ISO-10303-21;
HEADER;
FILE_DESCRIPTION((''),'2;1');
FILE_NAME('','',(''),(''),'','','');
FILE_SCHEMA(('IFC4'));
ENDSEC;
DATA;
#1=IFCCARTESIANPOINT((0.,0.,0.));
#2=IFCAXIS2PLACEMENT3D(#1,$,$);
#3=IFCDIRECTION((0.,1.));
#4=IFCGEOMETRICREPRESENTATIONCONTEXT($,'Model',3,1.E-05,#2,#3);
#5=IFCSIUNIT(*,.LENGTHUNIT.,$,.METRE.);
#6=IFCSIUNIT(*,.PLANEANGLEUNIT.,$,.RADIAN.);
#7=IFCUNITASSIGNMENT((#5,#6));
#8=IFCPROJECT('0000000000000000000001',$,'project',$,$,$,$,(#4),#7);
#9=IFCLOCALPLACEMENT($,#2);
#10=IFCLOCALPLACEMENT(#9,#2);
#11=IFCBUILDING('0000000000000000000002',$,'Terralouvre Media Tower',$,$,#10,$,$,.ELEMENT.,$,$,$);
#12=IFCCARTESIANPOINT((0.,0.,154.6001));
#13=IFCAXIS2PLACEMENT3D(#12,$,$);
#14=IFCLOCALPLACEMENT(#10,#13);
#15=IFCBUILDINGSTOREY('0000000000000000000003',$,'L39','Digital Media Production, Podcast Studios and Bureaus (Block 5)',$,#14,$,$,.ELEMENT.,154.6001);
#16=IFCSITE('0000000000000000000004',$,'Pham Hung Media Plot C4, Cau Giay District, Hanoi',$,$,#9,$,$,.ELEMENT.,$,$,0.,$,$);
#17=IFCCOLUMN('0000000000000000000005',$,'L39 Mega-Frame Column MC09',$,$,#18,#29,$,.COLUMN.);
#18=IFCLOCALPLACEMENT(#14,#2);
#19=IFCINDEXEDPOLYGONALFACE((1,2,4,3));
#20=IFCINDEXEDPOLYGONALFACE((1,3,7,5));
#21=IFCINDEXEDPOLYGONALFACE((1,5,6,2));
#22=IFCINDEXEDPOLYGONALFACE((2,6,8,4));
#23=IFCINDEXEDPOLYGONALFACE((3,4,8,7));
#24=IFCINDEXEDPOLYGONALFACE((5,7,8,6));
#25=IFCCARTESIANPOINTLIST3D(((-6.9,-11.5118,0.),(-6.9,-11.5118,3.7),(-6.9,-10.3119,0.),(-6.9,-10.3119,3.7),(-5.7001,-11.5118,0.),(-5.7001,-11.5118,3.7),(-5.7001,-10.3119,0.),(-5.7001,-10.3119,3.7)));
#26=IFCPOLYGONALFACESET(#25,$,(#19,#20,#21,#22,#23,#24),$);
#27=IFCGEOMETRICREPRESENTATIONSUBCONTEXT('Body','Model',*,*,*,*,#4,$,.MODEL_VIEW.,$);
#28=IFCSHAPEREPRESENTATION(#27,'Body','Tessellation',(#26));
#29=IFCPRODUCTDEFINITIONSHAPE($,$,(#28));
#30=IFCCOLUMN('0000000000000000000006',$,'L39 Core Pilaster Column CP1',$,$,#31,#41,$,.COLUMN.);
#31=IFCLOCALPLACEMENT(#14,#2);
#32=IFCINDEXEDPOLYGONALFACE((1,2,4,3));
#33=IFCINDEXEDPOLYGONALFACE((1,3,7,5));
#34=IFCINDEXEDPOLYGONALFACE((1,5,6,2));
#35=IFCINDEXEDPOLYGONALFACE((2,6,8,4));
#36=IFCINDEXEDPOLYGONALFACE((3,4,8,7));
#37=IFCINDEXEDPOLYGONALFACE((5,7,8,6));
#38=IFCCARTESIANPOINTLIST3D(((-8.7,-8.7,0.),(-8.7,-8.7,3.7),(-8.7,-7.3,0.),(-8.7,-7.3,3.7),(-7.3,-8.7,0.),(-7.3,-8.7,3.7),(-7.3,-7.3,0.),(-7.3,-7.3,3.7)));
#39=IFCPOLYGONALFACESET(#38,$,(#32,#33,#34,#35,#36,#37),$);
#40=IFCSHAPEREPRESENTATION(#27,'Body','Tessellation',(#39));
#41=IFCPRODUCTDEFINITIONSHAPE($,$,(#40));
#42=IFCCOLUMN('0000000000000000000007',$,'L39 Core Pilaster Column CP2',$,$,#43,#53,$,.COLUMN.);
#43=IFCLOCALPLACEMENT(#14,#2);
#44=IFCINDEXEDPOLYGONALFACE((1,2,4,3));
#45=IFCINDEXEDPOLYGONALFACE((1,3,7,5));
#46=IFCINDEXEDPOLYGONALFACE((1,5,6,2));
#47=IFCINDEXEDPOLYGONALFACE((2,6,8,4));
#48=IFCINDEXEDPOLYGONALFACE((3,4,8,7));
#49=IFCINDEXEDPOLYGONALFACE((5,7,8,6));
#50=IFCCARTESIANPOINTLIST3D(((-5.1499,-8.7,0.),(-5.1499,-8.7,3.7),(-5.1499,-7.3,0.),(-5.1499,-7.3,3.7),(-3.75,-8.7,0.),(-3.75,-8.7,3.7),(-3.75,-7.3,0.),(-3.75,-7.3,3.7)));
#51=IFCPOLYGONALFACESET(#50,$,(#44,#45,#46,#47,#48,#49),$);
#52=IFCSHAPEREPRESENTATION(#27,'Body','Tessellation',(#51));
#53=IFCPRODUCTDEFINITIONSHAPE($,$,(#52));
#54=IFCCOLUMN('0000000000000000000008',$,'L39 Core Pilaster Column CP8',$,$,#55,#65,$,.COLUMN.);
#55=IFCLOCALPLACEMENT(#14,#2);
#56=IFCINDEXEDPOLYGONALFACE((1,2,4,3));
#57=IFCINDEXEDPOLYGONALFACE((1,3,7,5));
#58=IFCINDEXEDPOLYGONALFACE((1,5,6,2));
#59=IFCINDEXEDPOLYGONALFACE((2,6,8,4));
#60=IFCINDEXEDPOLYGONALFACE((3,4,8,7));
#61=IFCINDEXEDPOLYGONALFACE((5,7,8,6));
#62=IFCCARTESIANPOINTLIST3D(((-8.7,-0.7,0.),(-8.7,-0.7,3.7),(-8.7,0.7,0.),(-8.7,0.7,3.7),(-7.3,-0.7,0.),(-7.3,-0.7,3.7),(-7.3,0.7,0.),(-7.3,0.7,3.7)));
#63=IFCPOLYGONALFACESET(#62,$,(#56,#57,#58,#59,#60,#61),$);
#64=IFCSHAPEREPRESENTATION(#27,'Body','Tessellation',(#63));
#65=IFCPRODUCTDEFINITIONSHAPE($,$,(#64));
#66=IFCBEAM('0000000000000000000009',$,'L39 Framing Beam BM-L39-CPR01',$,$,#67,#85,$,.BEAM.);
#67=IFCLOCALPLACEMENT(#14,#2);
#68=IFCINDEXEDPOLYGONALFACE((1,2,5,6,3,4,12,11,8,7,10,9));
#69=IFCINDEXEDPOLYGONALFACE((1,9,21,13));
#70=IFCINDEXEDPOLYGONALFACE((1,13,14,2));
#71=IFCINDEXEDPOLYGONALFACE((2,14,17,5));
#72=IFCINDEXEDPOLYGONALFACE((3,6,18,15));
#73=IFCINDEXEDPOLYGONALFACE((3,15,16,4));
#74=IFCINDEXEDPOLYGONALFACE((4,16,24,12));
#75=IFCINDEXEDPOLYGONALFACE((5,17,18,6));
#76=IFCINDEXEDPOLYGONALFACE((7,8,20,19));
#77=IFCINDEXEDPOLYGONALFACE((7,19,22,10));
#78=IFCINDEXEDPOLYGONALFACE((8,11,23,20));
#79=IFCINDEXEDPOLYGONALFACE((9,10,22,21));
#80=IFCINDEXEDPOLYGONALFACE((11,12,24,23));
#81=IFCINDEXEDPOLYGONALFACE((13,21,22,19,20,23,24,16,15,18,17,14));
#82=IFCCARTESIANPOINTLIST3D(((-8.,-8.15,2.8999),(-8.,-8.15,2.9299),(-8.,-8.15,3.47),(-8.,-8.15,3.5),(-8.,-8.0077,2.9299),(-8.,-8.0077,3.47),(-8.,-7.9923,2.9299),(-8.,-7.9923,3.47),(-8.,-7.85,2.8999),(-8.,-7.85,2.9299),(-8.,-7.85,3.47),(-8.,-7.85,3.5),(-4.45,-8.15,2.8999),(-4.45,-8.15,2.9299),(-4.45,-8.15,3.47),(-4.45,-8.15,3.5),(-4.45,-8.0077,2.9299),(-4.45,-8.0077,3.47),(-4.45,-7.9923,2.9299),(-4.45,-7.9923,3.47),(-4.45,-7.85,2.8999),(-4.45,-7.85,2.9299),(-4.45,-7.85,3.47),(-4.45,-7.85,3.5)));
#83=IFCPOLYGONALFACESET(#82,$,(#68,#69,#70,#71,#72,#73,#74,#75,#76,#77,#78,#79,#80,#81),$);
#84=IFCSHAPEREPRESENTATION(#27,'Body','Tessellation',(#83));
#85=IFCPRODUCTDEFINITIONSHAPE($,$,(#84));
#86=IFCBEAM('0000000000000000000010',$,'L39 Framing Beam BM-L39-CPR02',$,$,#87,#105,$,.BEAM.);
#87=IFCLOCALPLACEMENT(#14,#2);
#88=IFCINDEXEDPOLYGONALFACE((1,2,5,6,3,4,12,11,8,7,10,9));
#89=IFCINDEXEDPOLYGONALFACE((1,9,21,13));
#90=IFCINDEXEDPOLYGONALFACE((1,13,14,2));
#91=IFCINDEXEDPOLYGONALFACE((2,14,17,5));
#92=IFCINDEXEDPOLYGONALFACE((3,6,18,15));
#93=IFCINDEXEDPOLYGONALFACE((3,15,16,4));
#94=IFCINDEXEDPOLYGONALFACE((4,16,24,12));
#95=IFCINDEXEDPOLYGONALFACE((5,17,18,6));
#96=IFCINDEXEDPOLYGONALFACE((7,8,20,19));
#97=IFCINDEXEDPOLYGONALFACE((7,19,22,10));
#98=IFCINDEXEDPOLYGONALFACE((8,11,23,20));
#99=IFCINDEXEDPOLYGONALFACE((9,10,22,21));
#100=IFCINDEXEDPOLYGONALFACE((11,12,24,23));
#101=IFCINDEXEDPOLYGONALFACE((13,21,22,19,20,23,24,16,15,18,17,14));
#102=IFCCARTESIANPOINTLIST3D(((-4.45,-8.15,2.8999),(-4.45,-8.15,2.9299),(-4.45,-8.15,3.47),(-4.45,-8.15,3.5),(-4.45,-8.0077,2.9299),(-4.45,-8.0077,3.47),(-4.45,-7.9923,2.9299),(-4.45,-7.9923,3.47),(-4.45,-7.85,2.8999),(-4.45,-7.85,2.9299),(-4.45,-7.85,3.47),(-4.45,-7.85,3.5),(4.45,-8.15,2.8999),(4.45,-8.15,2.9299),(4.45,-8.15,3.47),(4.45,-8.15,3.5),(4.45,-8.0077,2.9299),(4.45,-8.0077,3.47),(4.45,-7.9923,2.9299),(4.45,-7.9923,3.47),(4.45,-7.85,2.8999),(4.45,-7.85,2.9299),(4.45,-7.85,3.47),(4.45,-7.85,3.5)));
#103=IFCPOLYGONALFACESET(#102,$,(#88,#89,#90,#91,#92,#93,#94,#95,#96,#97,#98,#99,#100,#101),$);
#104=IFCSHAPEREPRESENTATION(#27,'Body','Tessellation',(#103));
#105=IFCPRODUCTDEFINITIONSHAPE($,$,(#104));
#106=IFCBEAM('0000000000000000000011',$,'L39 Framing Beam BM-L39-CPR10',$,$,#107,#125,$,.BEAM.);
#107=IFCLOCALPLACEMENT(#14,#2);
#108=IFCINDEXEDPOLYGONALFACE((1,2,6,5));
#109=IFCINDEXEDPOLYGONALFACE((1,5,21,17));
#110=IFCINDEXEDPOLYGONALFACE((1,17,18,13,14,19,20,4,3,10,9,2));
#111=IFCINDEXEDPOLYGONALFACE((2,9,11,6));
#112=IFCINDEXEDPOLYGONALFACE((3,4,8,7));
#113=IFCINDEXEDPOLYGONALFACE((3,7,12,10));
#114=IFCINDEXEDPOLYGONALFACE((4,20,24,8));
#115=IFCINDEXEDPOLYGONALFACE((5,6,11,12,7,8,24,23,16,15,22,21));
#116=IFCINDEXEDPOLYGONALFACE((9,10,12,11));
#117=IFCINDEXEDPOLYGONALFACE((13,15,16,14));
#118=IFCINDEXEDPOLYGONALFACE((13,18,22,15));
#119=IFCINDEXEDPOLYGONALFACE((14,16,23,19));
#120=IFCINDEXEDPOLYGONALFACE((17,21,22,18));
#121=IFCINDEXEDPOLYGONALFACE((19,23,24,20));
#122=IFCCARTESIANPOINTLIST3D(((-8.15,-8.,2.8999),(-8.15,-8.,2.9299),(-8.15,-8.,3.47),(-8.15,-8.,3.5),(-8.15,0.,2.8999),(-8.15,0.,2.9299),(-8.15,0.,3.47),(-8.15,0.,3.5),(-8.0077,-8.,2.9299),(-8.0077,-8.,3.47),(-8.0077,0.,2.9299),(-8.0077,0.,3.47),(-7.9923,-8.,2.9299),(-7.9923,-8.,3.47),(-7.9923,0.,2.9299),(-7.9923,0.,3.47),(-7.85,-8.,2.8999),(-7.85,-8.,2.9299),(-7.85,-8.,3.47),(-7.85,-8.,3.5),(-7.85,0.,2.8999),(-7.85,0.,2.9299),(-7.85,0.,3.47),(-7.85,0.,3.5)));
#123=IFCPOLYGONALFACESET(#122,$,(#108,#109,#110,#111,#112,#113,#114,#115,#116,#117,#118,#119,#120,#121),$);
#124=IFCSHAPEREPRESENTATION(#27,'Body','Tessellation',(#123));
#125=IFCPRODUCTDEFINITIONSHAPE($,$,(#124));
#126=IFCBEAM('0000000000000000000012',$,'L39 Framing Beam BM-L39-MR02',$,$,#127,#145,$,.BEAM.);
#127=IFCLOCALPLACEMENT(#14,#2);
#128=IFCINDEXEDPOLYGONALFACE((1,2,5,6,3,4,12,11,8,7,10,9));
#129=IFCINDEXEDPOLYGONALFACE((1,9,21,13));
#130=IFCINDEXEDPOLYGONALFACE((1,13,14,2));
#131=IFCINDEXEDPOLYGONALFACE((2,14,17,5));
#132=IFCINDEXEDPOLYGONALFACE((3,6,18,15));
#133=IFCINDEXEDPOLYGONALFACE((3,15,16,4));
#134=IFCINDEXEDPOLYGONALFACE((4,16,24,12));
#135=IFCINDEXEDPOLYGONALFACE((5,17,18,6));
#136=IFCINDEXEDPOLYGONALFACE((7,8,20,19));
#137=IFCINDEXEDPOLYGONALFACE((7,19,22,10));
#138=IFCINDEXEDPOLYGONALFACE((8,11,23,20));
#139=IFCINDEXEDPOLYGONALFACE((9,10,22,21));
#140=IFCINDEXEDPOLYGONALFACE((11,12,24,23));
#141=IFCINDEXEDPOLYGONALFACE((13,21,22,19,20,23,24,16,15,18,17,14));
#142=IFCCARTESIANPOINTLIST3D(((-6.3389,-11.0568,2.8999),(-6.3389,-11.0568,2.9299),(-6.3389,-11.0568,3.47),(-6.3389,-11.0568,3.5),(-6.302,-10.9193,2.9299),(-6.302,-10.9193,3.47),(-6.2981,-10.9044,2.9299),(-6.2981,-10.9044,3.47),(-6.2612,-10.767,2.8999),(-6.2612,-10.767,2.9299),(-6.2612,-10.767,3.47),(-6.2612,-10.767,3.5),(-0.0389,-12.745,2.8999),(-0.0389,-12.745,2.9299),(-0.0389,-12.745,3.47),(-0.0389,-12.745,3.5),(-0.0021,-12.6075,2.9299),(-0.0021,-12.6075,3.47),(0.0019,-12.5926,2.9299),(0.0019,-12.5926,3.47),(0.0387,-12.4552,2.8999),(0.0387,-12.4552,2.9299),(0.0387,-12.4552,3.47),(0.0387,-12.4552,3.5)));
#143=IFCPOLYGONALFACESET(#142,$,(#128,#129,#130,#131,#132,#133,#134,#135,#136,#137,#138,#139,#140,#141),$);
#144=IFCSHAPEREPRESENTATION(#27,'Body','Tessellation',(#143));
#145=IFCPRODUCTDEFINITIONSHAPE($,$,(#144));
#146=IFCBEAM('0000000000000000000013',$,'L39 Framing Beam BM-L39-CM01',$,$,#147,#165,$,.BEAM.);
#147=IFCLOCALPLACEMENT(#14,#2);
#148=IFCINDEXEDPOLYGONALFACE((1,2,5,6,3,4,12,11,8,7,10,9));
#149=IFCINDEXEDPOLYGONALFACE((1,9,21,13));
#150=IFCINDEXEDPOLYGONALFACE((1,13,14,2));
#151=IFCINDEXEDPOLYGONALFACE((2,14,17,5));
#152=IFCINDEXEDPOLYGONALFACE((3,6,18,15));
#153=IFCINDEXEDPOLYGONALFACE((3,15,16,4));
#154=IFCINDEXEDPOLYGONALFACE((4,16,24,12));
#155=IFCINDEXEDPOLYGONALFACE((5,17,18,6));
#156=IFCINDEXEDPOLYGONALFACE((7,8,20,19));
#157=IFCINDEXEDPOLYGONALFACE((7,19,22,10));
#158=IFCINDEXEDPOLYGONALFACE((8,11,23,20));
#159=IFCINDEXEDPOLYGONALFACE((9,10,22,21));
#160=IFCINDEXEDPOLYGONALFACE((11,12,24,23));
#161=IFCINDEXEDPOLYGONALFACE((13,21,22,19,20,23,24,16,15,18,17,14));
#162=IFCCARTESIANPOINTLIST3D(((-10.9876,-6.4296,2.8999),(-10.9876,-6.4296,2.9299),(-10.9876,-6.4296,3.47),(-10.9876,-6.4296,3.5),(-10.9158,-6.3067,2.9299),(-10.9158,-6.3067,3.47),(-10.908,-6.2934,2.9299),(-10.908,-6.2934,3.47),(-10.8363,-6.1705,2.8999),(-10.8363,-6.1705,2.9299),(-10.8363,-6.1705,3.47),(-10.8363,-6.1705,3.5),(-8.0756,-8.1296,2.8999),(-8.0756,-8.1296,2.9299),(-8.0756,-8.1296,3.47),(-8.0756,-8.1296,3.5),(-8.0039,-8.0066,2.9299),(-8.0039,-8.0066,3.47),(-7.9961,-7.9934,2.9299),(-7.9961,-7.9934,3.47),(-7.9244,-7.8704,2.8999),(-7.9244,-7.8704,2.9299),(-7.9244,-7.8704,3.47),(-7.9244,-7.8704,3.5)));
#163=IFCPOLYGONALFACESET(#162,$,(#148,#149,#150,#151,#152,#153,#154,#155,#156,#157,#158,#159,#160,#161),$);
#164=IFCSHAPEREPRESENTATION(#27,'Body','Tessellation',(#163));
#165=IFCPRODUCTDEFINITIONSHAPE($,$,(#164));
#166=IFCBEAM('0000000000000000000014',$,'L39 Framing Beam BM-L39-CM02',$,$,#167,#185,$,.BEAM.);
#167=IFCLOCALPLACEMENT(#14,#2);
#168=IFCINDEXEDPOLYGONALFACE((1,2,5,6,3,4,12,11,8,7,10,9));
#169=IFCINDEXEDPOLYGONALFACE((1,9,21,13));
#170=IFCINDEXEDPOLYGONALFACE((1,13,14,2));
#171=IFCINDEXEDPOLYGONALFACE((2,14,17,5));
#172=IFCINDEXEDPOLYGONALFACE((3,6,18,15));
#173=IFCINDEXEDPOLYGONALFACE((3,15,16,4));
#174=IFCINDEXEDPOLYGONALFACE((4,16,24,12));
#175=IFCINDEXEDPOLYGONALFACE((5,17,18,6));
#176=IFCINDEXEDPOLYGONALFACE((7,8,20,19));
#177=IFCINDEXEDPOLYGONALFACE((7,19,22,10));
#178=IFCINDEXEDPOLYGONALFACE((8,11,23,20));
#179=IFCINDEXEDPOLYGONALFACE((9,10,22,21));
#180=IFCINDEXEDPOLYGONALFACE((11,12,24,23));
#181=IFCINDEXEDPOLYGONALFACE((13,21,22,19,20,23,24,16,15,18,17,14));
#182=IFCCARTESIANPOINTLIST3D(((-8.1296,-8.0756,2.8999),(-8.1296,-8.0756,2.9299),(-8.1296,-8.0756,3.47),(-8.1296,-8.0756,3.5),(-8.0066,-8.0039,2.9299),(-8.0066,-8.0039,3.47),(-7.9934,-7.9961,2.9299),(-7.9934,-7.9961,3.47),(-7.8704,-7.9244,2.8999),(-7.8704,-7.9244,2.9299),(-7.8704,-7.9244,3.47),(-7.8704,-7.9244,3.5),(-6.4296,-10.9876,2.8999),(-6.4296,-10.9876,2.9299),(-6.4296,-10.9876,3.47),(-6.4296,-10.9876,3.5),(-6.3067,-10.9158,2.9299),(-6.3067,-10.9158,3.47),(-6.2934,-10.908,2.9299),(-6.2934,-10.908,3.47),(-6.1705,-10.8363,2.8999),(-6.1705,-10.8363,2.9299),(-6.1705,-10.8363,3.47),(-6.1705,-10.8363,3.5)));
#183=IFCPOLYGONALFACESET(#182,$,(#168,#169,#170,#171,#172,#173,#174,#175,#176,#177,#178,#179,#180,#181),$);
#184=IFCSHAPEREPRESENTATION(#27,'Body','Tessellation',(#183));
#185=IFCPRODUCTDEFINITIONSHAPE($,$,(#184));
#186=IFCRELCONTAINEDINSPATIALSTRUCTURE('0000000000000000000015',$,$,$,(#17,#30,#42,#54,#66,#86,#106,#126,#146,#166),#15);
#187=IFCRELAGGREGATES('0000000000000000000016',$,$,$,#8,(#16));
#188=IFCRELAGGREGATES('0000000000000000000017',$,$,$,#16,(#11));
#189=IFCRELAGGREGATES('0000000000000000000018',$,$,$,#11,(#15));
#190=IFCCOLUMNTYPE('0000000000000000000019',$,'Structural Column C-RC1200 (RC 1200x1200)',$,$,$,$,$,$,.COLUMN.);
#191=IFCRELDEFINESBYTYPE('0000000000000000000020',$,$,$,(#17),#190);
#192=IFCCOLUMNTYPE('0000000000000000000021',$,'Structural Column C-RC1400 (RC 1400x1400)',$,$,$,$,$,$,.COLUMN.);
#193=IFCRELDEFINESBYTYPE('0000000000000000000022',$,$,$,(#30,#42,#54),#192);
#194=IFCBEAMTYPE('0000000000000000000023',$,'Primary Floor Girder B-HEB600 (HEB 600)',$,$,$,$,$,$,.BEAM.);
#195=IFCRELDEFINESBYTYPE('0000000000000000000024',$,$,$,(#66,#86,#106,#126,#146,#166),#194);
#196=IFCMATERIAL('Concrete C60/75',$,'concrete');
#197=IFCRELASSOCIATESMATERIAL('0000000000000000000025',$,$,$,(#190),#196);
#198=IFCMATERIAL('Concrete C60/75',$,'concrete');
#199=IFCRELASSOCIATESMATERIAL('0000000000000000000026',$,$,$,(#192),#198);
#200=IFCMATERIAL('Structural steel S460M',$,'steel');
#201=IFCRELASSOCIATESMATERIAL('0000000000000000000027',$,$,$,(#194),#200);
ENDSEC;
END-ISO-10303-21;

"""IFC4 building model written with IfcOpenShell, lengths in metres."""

from ifc_helpers import new_model, si_unit, direction, frame, origin, origin_2d, place, context, subcontext, project, spatial, rectangle, i_section, extrude, material, material_profile, profile_set, type_object, element, save


model = new_model("IFC4")

# Units and contexts
model_context = context("Model", 3, precision=1e-05, world=origin(), true_north=direction((0.0, 1.0)))
body_context = subcontext(model_context, "Body", "Model", "MODEL_VIEW")
ifc_project = project(units=[si_unit("LENGTHUNIT", "METRE"), si_unit("PLANEANGLEUNIT", "RADIAN")], contexts=[model_context])

# Site, building, storey
site_placement = place(None, origin())
site = spatial("IfcSite", under=ifc_project, at=site_placement, Name="Pham Hung Media Plot C4, Cau Giay District, Hanoi", CompositionType="ELEMENT", RefElevation=0.0)
building_placement = place(site_placement, origin())
building = spatial("IfcBuilding", under=site, at=building_placement, Name="Terralouvre Media Tower", CompositionType="ELEMENT")
storey_placement = place(building_placement, frame((0.0, 0.0, 154.6001)))
storey = spatial("IfcBuildingStorey", under=building, at=storey_placement, Name="L39", Description="Digital Media Production, Podcast Studios and Bureaus (Block 5)", CompositionType="ELEMENT", Elevation=154.6001)

# Columns
ifc_material_1 = material(Name="Concrete C60/75", Category="concrete")
ifc_material_profile_1 = material_profile(ifc_material_1, rectangle(XDim=1.2, YDim=1.2, at=origin_2d()), Name="RC 1200x1200")
ifc_profile_set_1 = profile_set([ifc_material_profile_1], Name="Concrete C60/75")
column_type_1 = type_object("IfcColumnType", Name="Structural Column C-RC1200 (RC 1200x1200)", PredefinedType="COLUMN", material=ifc_profile_set_1)
column_placement = place(storey_placement, frame((-6.3, -10.9119, 0.0), z_axis=(0.0, 0.0, 1.0), x_axis=(1.0, 0.0, 0.0)))
element("IfcColumn", 1, at=column_placement, inside=storey, type_object=column_type_1, Name="L39 Mega-Frame Column MC09", PredefinedType="COLUMN", context=body_context, shape_type="SweptSolid", body=[
    extrude(rectangle(XDim=1.2, YDim=1.2, at=origin_2d()), origin(), (0.0, 0.0, 1.0), 3.7),
])
ifc_material_2 = material(Name="Concrete C60/75", Category="concrete")
ifc_material_profile_2 = material_profile(ifc_material_2, rectangle(XDim=1.3999, YDim=1.3999, at=origin_2d()), Name="RC 1400x1400")
ifc_profile_set_2 = profile_set([ifc_material_profile_2], Name="Concrete C60/75")
column_type_2 = type_object("IfcColumnType", Name="Structural Column C-RC1400 (RC 1400x1400)", PredefinedType="COLUMN", material=ifc_profile_set_2)
for number, where, z_axis, x_axis, name in (
    (2, (-8.0, -8.0, 0.0), (0.0, 0.0, 1.0), (1.0, 0.0, 0.0), "L39 Core Pilaster Column CP1"),
    (3, (-4.45, -8.0, 0.0), (0.0, 0.0, 1.0), (1.0, 0.0, 0.0), "L39 Core Pilaster Column CP2"),
    (4, (-8.0, 0.0, 0.0), (0.0, 0.0, 1.0), (1.0, 0.0, 0.0), "L39 Core Pilaster Column CP8"),
):
    element("IfcColumn", number, at=place(storey_placement, frame(where, z_axis=z_axis, x_axis=x_axis)), inside=storey, type_object=column_type_2, Name=name, PredefinedType="COLUMN", context=body_context, shape_type="SweptSolid", body=[
        extrude(rectangle(XDim=1.3999, YDim=1.3999, at=origin_2d()), origin(), (0.0, 0.0, 1.0), 3.7),
    ])

# Beams
ifc_material_3 = material(Name="Structural steel S460M", Category="steel")
ifc_material_profile_3 = material_profile(ifc_material_3, i_section(OverallWidth=0.3, OverallDepth=0.6001, WebThickness=0.0154, FlangeThickness=0.03, at=origin_2d()), Name="HEB 600")
ifc_profile_set_3 = profile_set([ifc_material_profile_3], Name="Structural steel S460M")
beam_type = type_object("IfcBeamType", Name="Primary Floor Girder B-HEB600 (HEB 600)", PredefinedType="BEAM", material=ifc_profile_set_3)
beam_1_placement = place(storey_placement, frame((-8.0, -8.0, 3.2), z_axis=(1.0, 0.0, 0.0), x_axis=(0.0, 1.0, 0.0)))
element("IfcBeam", 5, at=beam_1_placement, inside=storey, type_object=beam_type, Name="L39 Framing Beam BM-L39-CPR01", PredefinedType="BEAM", context=body_context, shape_type="SweptSolid", body=[
    extrude(i_section(OverallWidth=0.3, OverallDepth=0.6001, WebThickness=0.0154, FlangeThickness=0.03, at=origin_2d()), origin(), (0.0, 0.0, 1.0), 3.55),
])
beam_2_placement = place(storey_placement, frame((-4.45, -8.0, 3.2), z_axis=(1.0, 0.0, 0.0), x_axis=(0.0, 1.0, 0.0)))
element("IfcBeam", 6, at=beam_2_placement, inside=storey, type_object=beam_type, Name="L39 Framing Beam BM-L39-CPR02", PredefinedType="BEAM", context=body_context, shape_type="SweptSolid", body=[
    extrude(i_section(OverallWidth=0.3, OverallDepth=0.6001, WebThickness=0.0154, FlangeThickness=0.03, at=origin_2d()), origin(), (0.0, 0.0, 1.0), 8.8999),
])
beam_3_placement = place(storey_placement, frame((-8.0, 0.0, 3.2), z_axis=(0.0, -1.0, 0.0), x_axis=(1.0, 0.0, 0.0)))
element("IfcBeam", 7, at=beam_3_placement, inside=storey, type_object=beam_type, Name="L39 Framing Beam BM-L39-CPR10", PredefinedType="BEAM", context=body_context, shape_type="SweptSolid", body=[
    extrude(i_section(OverallWidth=0.3, OverallDepth=0.6001, WebThickness=0.0154, FlangeThickness=0.03, at=origin_2d()), origin(), (0.0, 0.0, 1.0), 8.0),
])
beam_4_placement = place(storey_placement, frame((-6.3, -10.9119, 3.2), z_axis=(0.96592, -0.258839, 0.0), x_axis=(0.258839, 0.96592, 0.0)))
element("IfcBeam", 8, at=beam_4_placement, inside=storey, type_object=beam_type, Name="L39 Framing Beam BM-L39-MR02", PredefinedType="BEAM", context=body_context, shape_type="SweptSolid", body=[
    extrude(i_section(OverallWidth=0.3, OverallDepth=0.6001, WebThickness=0.0154, FlangeThickness=0.03, at=origin_2d()), origin(), (0.0, 0.0, 1.0), 6.5222),
])
for number, where, z_axis, x_axis, name in (
    (9, (-8.0, -8.0, 3.2), (-0.863603, 0.504173, 0.0), (-0.504173, -0.863603, 0.0), "L39 Framing Beam BM-L39-CM01"),
    (10, (-8.0, -8.0, 3.2), (0.504173, -0.863603, 0.0), (0.863603, 0.504173, 0.0), "L39 Framing Beam BM-L39-CM02"),
):
    element("IfcBeam", number, at=place(storey_placement, frame(where, z_axis=z_axis, x_axis=x_axis)), inside=storey, type_object=beam_type, Name=name, PredefinedType="BEAM", context=body_context, shape_type="SweptSolid", body=[
        extrude(i_section(OverallWidth=0.3, OverallDepth=0.6001, WebThickness=0.0154, FlangeThickness=0.03, at=origin_2d()), origin(), (0.0, 0.0, 1.0), 3.3718),
    ])

save(model, "model.ifc")
